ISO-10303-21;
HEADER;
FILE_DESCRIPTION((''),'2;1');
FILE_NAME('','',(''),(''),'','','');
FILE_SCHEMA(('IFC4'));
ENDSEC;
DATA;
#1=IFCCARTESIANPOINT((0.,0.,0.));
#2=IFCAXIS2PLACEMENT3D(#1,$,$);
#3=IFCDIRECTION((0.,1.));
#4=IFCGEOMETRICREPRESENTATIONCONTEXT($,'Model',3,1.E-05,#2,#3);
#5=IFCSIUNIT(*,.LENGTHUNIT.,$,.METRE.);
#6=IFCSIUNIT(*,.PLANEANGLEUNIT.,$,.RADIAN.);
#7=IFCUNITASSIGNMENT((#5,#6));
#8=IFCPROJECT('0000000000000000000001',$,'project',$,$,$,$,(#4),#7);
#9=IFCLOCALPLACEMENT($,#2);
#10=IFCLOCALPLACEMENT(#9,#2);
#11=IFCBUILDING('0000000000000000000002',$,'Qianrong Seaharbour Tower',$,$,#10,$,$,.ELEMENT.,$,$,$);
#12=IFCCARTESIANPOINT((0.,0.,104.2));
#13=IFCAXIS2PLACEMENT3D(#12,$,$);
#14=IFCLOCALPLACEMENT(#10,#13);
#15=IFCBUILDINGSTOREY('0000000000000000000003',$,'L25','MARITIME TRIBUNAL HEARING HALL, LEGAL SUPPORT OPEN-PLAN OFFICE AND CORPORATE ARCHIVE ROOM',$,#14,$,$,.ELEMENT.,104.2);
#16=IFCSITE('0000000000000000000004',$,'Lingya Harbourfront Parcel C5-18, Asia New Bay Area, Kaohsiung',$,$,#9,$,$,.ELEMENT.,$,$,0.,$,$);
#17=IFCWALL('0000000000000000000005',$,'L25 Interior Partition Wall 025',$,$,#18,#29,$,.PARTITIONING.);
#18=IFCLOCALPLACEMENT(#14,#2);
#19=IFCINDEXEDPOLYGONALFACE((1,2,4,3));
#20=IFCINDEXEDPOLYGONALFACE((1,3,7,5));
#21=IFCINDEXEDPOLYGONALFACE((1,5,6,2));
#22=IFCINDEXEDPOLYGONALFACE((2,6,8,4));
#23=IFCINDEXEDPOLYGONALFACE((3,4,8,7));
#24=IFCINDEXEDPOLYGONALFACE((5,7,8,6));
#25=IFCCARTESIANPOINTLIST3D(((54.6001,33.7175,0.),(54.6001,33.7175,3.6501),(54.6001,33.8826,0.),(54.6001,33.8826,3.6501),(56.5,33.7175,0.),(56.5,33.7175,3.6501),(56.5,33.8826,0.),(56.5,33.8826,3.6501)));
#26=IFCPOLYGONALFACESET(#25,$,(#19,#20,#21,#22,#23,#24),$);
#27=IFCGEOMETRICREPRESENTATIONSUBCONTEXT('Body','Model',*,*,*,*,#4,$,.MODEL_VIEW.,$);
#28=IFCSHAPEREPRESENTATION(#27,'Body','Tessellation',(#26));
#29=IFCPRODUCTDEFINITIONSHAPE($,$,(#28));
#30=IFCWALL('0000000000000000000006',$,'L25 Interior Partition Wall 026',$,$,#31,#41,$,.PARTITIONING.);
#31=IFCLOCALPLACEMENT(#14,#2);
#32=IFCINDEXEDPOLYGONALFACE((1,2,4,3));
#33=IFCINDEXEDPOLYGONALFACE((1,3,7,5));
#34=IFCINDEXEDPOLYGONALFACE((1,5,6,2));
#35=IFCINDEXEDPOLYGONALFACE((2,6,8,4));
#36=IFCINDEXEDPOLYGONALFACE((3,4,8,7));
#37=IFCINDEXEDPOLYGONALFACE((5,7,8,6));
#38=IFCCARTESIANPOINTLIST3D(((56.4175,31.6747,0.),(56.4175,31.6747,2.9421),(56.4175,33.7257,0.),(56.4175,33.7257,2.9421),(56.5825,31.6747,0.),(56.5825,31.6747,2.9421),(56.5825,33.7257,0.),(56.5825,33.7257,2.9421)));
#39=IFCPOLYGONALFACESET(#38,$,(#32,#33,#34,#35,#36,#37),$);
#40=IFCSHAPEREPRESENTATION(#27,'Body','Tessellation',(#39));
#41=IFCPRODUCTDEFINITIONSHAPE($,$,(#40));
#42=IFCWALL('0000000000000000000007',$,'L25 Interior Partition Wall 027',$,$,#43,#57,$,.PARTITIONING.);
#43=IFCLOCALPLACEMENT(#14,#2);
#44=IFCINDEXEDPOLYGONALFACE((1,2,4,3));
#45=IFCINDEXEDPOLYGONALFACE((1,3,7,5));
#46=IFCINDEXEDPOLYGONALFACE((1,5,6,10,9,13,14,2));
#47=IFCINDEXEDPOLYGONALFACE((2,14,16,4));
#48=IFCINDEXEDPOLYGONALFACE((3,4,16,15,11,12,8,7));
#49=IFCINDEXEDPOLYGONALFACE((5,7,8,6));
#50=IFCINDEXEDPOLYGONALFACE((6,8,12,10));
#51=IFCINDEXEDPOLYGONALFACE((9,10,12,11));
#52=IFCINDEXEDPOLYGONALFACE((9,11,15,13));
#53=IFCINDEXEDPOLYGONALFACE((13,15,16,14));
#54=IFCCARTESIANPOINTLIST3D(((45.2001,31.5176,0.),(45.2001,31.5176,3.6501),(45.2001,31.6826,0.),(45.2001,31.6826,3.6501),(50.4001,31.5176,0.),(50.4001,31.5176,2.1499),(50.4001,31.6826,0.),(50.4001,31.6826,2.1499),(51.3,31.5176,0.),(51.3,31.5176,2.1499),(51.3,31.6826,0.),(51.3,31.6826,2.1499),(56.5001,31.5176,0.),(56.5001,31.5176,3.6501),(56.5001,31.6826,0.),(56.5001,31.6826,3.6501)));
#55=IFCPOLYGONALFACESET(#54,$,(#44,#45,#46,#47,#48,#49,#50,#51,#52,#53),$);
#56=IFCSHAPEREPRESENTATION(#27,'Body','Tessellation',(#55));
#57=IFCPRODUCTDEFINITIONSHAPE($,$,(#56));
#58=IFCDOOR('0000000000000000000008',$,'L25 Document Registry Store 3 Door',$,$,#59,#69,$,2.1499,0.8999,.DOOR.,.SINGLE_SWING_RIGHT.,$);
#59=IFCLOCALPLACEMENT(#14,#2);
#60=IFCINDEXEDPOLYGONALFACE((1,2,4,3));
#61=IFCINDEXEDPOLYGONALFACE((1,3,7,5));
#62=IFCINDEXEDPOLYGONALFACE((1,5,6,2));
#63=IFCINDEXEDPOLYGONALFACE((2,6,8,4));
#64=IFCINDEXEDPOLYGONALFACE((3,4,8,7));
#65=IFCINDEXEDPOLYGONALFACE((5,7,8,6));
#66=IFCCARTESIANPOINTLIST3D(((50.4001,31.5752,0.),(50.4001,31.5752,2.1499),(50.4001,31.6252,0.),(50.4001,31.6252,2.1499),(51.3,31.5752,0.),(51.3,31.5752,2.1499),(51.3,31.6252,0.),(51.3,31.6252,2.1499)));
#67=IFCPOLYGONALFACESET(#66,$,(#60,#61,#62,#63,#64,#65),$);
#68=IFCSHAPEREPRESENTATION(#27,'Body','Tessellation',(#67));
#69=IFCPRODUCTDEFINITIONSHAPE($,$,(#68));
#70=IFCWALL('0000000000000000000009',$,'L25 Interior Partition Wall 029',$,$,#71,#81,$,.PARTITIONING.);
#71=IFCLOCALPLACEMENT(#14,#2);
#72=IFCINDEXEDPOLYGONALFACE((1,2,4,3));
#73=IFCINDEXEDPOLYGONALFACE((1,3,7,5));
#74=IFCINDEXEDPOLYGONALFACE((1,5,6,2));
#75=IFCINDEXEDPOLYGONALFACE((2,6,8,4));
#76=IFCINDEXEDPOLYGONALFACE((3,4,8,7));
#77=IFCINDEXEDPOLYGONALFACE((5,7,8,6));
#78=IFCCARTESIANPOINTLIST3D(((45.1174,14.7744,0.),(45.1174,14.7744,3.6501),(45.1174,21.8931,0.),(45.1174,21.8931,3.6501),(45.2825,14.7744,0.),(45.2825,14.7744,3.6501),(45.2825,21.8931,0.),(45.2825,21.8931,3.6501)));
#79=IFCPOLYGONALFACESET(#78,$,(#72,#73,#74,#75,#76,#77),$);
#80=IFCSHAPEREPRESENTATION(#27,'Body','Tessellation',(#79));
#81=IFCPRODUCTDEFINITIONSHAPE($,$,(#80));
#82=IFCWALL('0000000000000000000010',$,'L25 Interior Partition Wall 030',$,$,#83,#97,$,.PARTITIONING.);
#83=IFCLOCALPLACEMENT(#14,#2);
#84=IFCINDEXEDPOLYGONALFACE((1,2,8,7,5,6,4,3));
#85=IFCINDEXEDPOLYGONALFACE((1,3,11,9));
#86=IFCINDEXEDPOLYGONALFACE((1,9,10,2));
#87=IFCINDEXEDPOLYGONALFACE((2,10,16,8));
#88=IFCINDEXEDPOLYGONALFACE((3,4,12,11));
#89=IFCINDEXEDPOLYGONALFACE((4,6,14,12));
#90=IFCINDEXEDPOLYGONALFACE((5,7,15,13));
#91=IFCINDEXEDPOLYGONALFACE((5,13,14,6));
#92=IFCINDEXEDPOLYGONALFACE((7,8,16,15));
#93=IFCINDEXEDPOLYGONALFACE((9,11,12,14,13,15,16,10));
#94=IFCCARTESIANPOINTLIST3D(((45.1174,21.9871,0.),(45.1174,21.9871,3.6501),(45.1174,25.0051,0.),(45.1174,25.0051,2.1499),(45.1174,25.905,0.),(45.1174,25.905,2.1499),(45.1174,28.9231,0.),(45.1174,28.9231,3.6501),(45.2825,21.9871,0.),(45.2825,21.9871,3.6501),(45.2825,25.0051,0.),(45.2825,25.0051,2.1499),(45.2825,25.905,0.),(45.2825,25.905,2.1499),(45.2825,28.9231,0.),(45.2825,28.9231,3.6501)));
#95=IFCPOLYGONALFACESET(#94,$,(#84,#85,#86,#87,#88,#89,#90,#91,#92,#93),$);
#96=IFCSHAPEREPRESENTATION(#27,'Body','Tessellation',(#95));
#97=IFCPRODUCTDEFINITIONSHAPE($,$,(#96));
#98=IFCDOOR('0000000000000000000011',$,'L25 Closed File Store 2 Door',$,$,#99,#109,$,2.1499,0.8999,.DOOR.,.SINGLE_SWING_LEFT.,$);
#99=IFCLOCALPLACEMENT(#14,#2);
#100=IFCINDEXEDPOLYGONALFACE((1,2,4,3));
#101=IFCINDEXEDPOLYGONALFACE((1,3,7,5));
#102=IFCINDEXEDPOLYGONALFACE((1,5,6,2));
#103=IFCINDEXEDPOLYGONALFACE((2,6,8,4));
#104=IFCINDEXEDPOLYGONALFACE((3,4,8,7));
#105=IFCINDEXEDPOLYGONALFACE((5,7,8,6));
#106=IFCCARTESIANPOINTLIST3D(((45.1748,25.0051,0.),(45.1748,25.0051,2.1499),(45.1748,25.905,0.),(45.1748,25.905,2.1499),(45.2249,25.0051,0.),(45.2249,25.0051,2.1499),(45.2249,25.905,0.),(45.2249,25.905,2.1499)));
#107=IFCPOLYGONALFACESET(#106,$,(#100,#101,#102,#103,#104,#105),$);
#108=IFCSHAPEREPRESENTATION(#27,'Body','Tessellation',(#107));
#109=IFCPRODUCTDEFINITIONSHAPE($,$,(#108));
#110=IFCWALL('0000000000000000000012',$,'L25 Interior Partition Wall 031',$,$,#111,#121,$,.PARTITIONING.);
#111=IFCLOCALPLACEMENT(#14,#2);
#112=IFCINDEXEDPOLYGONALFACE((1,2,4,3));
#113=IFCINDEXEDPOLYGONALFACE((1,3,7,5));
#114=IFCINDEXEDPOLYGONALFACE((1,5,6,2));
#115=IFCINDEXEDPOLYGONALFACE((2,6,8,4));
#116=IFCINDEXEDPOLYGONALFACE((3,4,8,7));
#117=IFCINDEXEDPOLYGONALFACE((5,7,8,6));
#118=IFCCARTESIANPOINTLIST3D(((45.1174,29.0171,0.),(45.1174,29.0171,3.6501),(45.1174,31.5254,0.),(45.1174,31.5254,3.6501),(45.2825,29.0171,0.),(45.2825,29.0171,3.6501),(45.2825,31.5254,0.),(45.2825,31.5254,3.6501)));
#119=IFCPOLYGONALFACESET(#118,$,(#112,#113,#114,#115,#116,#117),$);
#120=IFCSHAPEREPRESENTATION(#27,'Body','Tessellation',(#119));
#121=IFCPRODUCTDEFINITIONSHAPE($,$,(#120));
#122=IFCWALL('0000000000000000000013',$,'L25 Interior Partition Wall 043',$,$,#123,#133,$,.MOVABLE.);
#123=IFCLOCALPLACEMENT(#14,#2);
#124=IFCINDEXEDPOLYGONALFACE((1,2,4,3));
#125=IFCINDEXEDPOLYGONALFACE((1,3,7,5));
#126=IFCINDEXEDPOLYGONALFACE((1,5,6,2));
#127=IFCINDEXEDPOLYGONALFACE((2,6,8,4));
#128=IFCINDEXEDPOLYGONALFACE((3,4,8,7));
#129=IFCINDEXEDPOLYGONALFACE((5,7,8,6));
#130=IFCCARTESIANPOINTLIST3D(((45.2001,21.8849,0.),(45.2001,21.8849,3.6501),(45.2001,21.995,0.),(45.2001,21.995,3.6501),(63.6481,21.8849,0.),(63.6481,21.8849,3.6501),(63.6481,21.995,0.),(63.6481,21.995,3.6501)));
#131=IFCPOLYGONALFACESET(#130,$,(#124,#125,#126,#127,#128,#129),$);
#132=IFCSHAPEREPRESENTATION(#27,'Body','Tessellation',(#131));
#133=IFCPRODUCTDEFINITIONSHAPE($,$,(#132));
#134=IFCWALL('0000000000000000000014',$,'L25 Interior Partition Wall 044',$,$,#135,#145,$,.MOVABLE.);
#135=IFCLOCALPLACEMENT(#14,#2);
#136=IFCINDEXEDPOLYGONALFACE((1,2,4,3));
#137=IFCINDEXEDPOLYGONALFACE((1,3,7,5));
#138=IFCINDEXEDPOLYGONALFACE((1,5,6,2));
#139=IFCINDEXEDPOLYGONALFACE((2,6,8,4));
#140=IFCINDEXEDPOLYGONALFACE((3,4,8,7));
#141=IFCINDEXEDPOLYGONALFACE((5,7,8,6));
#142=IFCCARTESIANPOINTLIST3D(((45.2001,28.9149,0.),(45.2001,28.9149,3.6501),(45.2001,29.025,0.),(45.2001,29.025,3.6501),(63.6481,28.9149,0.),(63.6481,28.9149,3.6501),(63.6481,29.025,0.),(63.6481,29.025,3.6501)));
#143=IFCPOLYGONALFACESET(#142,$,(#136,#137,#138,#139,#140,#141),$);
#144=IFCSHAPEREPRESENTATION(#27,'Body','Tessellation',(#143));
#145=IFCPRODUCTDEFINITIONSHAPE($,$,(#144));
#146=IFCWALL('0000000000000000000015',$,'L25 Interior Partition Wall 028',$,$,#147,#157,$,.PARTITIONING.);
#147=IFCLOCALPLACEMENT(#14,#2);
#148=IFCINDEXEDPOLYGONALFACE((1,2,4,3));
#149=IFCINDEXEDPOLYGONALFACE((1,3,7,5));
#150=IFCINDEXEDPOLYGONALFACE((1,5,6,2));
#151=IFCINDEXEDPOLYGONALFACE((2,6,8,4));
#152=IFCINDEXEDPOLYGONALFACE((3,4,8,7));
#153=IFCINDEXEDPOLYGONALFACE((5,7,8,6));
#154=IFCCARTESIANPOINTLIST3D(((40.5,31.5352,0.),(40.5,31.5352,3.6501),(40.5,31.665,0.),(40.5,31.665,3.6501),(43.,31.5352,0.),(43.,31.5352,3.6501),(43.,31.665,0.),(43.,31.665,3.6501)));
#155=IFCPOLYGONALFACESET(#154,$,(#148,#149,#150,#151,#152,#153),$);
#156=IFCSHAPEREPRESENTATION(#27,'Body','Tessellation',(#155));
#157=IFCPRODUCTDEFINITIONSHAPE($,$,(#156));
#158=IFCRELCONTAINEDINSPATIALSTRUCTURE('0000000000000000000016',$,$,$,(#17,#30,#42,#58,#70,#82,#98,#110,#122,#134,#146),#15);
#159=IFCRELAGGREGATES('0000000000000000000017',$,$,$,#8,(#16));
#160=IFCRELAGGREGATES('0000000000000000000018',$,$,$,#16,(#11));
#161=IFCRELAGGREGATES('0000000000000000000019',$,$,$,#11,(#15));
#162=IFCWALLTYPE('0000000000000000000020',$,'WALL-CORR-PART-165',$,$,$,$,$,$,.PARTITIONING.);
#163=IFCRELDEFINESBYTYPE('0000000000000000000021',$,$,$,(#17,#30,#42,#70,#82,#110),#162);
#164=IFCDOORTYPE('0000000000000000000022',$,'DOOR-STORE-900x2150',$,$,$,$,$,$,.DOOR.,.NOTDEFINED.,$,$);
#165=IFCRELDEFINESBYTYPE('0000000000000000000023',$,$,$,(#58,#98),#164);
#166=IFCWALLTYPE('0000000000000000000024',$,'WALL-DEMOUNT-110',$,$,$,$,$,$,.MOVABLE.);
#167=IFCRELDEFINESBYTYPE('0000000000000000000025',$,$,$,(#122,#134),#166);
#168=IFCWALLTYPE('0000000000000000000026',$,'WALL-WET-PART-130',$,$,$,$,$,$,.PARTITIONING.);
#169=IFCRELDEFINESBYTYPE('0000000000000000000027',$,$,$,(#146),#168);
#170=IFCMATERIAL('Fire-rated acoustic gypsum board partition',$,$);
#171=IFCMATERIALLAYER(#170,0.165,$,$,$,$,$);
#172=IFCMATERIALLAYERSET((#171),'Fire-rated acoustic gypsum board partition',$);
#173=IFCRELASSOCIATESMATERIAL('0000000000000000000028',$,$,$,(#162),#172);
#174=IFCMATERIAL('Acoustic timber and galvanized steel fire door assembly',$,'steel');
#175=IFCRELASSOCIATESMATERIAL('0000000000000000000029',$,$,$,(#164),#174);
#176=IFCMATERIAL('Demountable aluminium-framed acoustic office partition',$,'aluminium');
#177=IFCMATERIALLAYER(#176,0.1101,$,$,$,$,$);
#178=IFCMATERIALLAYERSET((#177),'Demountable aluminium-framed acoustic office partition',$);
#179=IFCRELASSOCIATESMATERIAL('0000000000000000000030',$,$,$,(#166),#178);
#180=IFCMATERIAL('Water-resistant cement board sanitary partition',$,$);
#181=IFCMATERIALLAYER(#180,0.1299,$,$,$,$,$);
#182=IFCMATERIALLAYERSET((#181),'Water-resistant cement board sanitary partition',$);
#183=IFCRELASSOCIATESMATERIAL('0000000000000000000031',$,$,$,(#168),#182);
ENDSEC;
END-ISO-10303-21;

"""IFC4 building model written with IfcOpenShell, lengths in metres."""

from ifc_helpers import new_model, si_unit, direction, frame, frame_2d, origin, place, context, subcontext, project, spatial, rectangle, extrude, material, layer, layer_set, type_object, element, fill, save


model = new_model("IFC4")

# Units and contexts
model_context = context("Model", 3, precision=1e-05, world=origin(), true_north=direction((0.0, 1.0)))
body_context = subcontext(model_context, "Body", "Model", "MODEL_VIEW")
ifc_project = project(units=[si_unit("LENGTHUNIT", "METRE"), si_unit("PLANEANGLEUNIT", "RADIAN")], contexts=[model_context])

# Site, building, storey
site_placement = place(None, origin())
site = spatial("IfcSite", under=ifc_project, at=site_placement, Name="Lingya Harbourfront Parcel C5-18, Asia New Bay Area, Kaohsiung", CompositionType="ELEMENT", RefElevation=0.0)
building_placement = place(site_placement, origin())
building = spatial("IfcBuilding", under=site, at=building_placement, Name="Qianrong Seaharbour Tower", CompositionType="ELEMENT")
storey_placement = place(building_placement, frame((0.0, 0.0, 104.2)))
storey = spatial("IfcBuildingStorey", under=building, at=storey_placement, Name="L25", Description="MARITIME TRIBUNAL HEARING HALL, LEGAL SUPPORT OPEN-PLAN OFFICE AND CORPORATE ARCHIVE ROOM", CompositionType="ELEMENT", Elevation=104.2)

# Walls
ifc_material_1 = material(Name="Fire-rated acoustic gypsum board partition")
ifc_layer_1 = layer(ifc_material_1, 0.165)
ifc_layer_set_1 = layer_set([ifc_layer_1], Name="Fire-rated acoustic gypsum board partition")
wall_type_1 = type_object("IfcWallType", Name="WALL-CORR-PART-165", PredefinedType="PARTITIONING", material=ifc_layer_set_1)
wall_1_placement = place(storey_placement, frame((54.6001, 33.8, 0.0), z_axis=(0.0, 0.0, 1.0), x_axis=(1.0, 0.0, 0.0)))
element("IfcWall", 1, at=wall_1_placement, inside=storey, type_object=wall_type_1, Name="L25 Interior Partition Wall 025", PredefinedType="PARTITIONING", context=body_context, shape_type="SweptSolid", body=[
    extrude(rectangle(XDim=1.8999, YDim=0.165, at=frame_2d((0.95, 0.0))), origin(), (0.0, 0.0, 1.0), 3.6501),
])
wall_2_placement = place(storey_placement, frame((56.5, 33.7256, 0.0), z_axis=(0.0, 0.0, 1.0), x_axis=(0.0, -1.0, 0.0)))
element("IfcWall", 2, at=wall_2_placement, inside=storey, type_object=wall_type_1, Name="L25 Interior Partition Wall 026", PredefinedType="PARTITIONING", context=body_context, shape_type="SweptSolid", body=[
    extrude(rectangle(XDim=2.051, YDim=0.165, at=frame_2d((1.0254, 0.0))), origin(), (0.0, 0.0, 1.0), 2.9421),
])

# Wall, opening, door
wall_3_placement = place(storey_placement, frame((56.5, 31.6001, 0.0), z_axis=(0.0, 0.0, 1.0), x_axis=(-1.0, 0.0, 0.0)))
wall_3 = element("IfcWall", 3, at=wall_3_placement, inside=storey, type_object=wall_type_1, Name="L25 Interior Partition Wall 027", PredefinedType="PARTITIONING", context=body_context, shape_type="SweptSolid", body=[
    extrude(rectangle(XDim=11.3, YDim=0.165, at=frame_2d((5.6499, 0.0))), origin(), (0.0, 0.0, 1.0), 3.6501),
])
opening_1_placement = place(wall_3_placement, frame((5.2, 0.0, 0.0)))
opening_1 = element("IfcOpeningElement", 4, at=opening_1_placement, cuts=wall_3, PredefinedType="OPENING", context=body_context, shape_type="SweptSolid", body=[
    extrude(rectangle(XDim=0.8999, YDim=2.1499, at=frame_2d((0.45, 1.075))), frame((0.0, 0.0925, 0.0), z_axis=(0.0, -1.0, 0.0), x_axis=(1.0, 0.0, 0.0)), (0.0, 0.0, 1.0), 0.1851),
])
ifc_material_2 = material(Name="Acoustic timber and galvanized steel fire door assembly", Category="steel")
door_type = type_object("IfcDoorType", Name="DOOR-STORE-900x2150", OperationType="NOTDEFINED", PredefinedType="DOOR", material=ifc_material_2)
door_1_placement = place(opening_1_placement, origin())
door_1 = element("IfcDoor", 5, at=door_1_placement, inside=storey, type_object=door_type, Name="L25 Document Registry Store 3 Door", OperationType="SINGLE_SWING_RIGHT", OverallHeight=2.1499, OverallWidth=0.8999, PredefinedType="DOOR", context=body_context, shape_type="SweptSolid", body=[
    extrude(rectangle(XDim=0.8999, YDim=2.1499, at=frame_2d((0.45, 1.075))), frame((0.0, 0.0249, 0.0), z_axis=(0.0, -1.0, 0.0), x_axis=(1.0, 0.0, 0.0)), (0.0, 0.0, 1.0), 0.05),
])
fill(opening_1, door_1)

# Wall
wall_4_placement = place(storey_placement, frame((45.2, 21.8931, 0.0), z_axis=(0.0, 0.0, 1.0), x_axis=(0.0, -1.0, 0.0)))
element("IfcWall", 6, at=wall_4_placement, inside=storey, type_object=wall_type_1, Name="L25 Interior Partition Wall 029", PredefinedType="PARTITIONING", context=body_context, shape_type="SweptSolid", body=[
    extrude(rectangle(XDim=7.1187, YDim=0.165, at=frame_2d((3.5593, 0.0))), origin(), (0.0, 0.0, 1.0), 3.6501),
])

# Wall, opening, door
wall_5_placement = place(storey_placement, frame((45.2, 28.9231, 0.0), z_axis=(0.0, 0.0, 1.0), x_axis=(0.0, -1.0, 0.0)))
wall_5 = element("IfcWall", 7, at=wall_5_placement, inside=storey, type_object=wall_type_1, Name="L25 Interior Partition Wall 030", PredefinedType="PARTITIONING", context=body_context, shape_type="SweptSolid", body=[
    extrude(rectangle(XDim=6.936, YDim=0.165, at=frame_2d((3.468, 0.0))), origin(), (0.0, 0.0, 1.0), 3.6501),
])
opening_2_placement = place(wall_5_placement, frame((3.0181, 0.0, 0.0)))
opening_2 = element("IfcOpeningElement", 8, at=opening_2_placement, cuts=wall_5, PredefinedType="OPENING", context=body_context, shape_type="SweptSolid", body=[
    extrude(rectangle(XDim=0.8999, YDim=2.1499, at=frame_2d((0.45, 1.075))), frame((0.0, 0.0925, 0.0), z_axis=(0.0, -1.0, 0.0), x_axis=(1.0, 0.0, 0.0)), (0.0, 0.0, 1.0), 0.1851),
])
door_2_placement = place(opening_2_placement, origin())
door_2 = element("IfcDoor", 9, at=door_2_placement, inside=storey, type_object=door_type, Name="L25 Closed File Store 2 Door", OperationType="SINGLE_SWING_LEFT", OverallHeight=2.1499, OverallWidth=0.8999, PredefinedType="DOOR", context=body_context, shape_type="SweptSolid", body=[
    extrude(rectangle(XDim=0.8999, YDim=2.1499, at=frame_2d((0.45, 1.075))), frame((0.0, 0.0249, 0.0), z_axis=(0.0, -1.0, 0.0), x_axis=(1.0, 0.0, 0.0)), (0.0, 0.0, 1.0), 0.05),
])
fill(opening_2, door_2)

# Walls
wall_6_placement = place(storey_placement, frame((45.2, 31.5254, 0.0), z_axis=(0.0, 0.0, 1.0), x_axis=(0.0, -1.0, 0.0)))
element("IfcWall", 10, at=wall_6_placement, inside=storey, type_object=wall_type_1, Name="L25 Interior Partition Wall 031", PredefinedType="PARTITIONING", context=body_context, shape_type="SweptSolid", body=[
    extrude(rectangle(XDim=2.5083, YDim=0.165, at=frame_2d((1.2542, 0.0))), origin(), (0.0, 0.0, 1.0), 3.6501),
])
ifc_material_3 = material(Name="Demountable aluminium-framed acoustic office partition", Category="aluminium")
ifc_layer_2 = layer(ifc_material_3, 0.1101)
ifc_layer_set_2 = layer_set([ifc_layer_2], Name="Demountable aluminium-framed acoustic office partition")
wall_type_2 = type_object("IfcWallType", Name="WALL-DEMOUNT-110", PredefinedType="MOVABLE", material=ifc_layer_set_2)
for number, where, z_axis, x_axis, name in (
    (11, (45.2, 21.9399, 0.0), (0.0, 0.0, 1.0), (1.0, 0.0, 0.0), "L25 Interior Partition Wall 043"),
    (12, (45.2, 28.97, 0.0), (0.0, 0.0, 1.0), (1.0, 0.0, 0.0), "L25 Interior Partition Wall 044"),
):
    element("IfcWall", number, at=place(storey_placement, frame(where, z_axis=z_axis, x_axis=x_axis)), inside=storey, type_object=wall_type_2, Name=name, PredefinedType="MOVABLE", context=body_context, shape_type="SweptSolid", body=[
        extrude(rectangle(XDim=18.448, YDim=0.1101, at=frame_2d((9.2241, 0.0))), origin(), (0.0, 0.0, 1.0), 3.6501),
    ])
ifc_material_4 = material(Name="Water-resistant cement board sanitary partition")
ifc_layer_3 = layer(ifc_material_4, 0.1299)
ifc_layer_set_3 = layer_set([ifc_layer_3], Name="Water-resistant cement board sanitary partition")
wall_type_3 = type_object("IfcWallType", Name="WALL-WET-PART-130", PredefinedType="PARTITIONING", material=ifc_layer_set_3)
wall_7_placement = place(storey_placement, frame((43.0, 31.6001, 0.0), z_axis=(0.0, 0.0, 1.0), x_axis=(-1.0, 0.0, 0.0)))
element("IfcWall", 13, at=wall_7_placement, inside=storey, type_object=wall_type_3, Name="L25 Interior Partition Wall 028", PredefinedType="PARTITIONING", context=body_context, shape_type="SweptSolid", body=[
    extrude(rectangle(XDim=2.5, YDim=0.1299, at=frame_2d((1.25, 0.0))), origin(), (0.0, 0.0, 1.0), 3.6501),
])

save(model, "model.ifc")
